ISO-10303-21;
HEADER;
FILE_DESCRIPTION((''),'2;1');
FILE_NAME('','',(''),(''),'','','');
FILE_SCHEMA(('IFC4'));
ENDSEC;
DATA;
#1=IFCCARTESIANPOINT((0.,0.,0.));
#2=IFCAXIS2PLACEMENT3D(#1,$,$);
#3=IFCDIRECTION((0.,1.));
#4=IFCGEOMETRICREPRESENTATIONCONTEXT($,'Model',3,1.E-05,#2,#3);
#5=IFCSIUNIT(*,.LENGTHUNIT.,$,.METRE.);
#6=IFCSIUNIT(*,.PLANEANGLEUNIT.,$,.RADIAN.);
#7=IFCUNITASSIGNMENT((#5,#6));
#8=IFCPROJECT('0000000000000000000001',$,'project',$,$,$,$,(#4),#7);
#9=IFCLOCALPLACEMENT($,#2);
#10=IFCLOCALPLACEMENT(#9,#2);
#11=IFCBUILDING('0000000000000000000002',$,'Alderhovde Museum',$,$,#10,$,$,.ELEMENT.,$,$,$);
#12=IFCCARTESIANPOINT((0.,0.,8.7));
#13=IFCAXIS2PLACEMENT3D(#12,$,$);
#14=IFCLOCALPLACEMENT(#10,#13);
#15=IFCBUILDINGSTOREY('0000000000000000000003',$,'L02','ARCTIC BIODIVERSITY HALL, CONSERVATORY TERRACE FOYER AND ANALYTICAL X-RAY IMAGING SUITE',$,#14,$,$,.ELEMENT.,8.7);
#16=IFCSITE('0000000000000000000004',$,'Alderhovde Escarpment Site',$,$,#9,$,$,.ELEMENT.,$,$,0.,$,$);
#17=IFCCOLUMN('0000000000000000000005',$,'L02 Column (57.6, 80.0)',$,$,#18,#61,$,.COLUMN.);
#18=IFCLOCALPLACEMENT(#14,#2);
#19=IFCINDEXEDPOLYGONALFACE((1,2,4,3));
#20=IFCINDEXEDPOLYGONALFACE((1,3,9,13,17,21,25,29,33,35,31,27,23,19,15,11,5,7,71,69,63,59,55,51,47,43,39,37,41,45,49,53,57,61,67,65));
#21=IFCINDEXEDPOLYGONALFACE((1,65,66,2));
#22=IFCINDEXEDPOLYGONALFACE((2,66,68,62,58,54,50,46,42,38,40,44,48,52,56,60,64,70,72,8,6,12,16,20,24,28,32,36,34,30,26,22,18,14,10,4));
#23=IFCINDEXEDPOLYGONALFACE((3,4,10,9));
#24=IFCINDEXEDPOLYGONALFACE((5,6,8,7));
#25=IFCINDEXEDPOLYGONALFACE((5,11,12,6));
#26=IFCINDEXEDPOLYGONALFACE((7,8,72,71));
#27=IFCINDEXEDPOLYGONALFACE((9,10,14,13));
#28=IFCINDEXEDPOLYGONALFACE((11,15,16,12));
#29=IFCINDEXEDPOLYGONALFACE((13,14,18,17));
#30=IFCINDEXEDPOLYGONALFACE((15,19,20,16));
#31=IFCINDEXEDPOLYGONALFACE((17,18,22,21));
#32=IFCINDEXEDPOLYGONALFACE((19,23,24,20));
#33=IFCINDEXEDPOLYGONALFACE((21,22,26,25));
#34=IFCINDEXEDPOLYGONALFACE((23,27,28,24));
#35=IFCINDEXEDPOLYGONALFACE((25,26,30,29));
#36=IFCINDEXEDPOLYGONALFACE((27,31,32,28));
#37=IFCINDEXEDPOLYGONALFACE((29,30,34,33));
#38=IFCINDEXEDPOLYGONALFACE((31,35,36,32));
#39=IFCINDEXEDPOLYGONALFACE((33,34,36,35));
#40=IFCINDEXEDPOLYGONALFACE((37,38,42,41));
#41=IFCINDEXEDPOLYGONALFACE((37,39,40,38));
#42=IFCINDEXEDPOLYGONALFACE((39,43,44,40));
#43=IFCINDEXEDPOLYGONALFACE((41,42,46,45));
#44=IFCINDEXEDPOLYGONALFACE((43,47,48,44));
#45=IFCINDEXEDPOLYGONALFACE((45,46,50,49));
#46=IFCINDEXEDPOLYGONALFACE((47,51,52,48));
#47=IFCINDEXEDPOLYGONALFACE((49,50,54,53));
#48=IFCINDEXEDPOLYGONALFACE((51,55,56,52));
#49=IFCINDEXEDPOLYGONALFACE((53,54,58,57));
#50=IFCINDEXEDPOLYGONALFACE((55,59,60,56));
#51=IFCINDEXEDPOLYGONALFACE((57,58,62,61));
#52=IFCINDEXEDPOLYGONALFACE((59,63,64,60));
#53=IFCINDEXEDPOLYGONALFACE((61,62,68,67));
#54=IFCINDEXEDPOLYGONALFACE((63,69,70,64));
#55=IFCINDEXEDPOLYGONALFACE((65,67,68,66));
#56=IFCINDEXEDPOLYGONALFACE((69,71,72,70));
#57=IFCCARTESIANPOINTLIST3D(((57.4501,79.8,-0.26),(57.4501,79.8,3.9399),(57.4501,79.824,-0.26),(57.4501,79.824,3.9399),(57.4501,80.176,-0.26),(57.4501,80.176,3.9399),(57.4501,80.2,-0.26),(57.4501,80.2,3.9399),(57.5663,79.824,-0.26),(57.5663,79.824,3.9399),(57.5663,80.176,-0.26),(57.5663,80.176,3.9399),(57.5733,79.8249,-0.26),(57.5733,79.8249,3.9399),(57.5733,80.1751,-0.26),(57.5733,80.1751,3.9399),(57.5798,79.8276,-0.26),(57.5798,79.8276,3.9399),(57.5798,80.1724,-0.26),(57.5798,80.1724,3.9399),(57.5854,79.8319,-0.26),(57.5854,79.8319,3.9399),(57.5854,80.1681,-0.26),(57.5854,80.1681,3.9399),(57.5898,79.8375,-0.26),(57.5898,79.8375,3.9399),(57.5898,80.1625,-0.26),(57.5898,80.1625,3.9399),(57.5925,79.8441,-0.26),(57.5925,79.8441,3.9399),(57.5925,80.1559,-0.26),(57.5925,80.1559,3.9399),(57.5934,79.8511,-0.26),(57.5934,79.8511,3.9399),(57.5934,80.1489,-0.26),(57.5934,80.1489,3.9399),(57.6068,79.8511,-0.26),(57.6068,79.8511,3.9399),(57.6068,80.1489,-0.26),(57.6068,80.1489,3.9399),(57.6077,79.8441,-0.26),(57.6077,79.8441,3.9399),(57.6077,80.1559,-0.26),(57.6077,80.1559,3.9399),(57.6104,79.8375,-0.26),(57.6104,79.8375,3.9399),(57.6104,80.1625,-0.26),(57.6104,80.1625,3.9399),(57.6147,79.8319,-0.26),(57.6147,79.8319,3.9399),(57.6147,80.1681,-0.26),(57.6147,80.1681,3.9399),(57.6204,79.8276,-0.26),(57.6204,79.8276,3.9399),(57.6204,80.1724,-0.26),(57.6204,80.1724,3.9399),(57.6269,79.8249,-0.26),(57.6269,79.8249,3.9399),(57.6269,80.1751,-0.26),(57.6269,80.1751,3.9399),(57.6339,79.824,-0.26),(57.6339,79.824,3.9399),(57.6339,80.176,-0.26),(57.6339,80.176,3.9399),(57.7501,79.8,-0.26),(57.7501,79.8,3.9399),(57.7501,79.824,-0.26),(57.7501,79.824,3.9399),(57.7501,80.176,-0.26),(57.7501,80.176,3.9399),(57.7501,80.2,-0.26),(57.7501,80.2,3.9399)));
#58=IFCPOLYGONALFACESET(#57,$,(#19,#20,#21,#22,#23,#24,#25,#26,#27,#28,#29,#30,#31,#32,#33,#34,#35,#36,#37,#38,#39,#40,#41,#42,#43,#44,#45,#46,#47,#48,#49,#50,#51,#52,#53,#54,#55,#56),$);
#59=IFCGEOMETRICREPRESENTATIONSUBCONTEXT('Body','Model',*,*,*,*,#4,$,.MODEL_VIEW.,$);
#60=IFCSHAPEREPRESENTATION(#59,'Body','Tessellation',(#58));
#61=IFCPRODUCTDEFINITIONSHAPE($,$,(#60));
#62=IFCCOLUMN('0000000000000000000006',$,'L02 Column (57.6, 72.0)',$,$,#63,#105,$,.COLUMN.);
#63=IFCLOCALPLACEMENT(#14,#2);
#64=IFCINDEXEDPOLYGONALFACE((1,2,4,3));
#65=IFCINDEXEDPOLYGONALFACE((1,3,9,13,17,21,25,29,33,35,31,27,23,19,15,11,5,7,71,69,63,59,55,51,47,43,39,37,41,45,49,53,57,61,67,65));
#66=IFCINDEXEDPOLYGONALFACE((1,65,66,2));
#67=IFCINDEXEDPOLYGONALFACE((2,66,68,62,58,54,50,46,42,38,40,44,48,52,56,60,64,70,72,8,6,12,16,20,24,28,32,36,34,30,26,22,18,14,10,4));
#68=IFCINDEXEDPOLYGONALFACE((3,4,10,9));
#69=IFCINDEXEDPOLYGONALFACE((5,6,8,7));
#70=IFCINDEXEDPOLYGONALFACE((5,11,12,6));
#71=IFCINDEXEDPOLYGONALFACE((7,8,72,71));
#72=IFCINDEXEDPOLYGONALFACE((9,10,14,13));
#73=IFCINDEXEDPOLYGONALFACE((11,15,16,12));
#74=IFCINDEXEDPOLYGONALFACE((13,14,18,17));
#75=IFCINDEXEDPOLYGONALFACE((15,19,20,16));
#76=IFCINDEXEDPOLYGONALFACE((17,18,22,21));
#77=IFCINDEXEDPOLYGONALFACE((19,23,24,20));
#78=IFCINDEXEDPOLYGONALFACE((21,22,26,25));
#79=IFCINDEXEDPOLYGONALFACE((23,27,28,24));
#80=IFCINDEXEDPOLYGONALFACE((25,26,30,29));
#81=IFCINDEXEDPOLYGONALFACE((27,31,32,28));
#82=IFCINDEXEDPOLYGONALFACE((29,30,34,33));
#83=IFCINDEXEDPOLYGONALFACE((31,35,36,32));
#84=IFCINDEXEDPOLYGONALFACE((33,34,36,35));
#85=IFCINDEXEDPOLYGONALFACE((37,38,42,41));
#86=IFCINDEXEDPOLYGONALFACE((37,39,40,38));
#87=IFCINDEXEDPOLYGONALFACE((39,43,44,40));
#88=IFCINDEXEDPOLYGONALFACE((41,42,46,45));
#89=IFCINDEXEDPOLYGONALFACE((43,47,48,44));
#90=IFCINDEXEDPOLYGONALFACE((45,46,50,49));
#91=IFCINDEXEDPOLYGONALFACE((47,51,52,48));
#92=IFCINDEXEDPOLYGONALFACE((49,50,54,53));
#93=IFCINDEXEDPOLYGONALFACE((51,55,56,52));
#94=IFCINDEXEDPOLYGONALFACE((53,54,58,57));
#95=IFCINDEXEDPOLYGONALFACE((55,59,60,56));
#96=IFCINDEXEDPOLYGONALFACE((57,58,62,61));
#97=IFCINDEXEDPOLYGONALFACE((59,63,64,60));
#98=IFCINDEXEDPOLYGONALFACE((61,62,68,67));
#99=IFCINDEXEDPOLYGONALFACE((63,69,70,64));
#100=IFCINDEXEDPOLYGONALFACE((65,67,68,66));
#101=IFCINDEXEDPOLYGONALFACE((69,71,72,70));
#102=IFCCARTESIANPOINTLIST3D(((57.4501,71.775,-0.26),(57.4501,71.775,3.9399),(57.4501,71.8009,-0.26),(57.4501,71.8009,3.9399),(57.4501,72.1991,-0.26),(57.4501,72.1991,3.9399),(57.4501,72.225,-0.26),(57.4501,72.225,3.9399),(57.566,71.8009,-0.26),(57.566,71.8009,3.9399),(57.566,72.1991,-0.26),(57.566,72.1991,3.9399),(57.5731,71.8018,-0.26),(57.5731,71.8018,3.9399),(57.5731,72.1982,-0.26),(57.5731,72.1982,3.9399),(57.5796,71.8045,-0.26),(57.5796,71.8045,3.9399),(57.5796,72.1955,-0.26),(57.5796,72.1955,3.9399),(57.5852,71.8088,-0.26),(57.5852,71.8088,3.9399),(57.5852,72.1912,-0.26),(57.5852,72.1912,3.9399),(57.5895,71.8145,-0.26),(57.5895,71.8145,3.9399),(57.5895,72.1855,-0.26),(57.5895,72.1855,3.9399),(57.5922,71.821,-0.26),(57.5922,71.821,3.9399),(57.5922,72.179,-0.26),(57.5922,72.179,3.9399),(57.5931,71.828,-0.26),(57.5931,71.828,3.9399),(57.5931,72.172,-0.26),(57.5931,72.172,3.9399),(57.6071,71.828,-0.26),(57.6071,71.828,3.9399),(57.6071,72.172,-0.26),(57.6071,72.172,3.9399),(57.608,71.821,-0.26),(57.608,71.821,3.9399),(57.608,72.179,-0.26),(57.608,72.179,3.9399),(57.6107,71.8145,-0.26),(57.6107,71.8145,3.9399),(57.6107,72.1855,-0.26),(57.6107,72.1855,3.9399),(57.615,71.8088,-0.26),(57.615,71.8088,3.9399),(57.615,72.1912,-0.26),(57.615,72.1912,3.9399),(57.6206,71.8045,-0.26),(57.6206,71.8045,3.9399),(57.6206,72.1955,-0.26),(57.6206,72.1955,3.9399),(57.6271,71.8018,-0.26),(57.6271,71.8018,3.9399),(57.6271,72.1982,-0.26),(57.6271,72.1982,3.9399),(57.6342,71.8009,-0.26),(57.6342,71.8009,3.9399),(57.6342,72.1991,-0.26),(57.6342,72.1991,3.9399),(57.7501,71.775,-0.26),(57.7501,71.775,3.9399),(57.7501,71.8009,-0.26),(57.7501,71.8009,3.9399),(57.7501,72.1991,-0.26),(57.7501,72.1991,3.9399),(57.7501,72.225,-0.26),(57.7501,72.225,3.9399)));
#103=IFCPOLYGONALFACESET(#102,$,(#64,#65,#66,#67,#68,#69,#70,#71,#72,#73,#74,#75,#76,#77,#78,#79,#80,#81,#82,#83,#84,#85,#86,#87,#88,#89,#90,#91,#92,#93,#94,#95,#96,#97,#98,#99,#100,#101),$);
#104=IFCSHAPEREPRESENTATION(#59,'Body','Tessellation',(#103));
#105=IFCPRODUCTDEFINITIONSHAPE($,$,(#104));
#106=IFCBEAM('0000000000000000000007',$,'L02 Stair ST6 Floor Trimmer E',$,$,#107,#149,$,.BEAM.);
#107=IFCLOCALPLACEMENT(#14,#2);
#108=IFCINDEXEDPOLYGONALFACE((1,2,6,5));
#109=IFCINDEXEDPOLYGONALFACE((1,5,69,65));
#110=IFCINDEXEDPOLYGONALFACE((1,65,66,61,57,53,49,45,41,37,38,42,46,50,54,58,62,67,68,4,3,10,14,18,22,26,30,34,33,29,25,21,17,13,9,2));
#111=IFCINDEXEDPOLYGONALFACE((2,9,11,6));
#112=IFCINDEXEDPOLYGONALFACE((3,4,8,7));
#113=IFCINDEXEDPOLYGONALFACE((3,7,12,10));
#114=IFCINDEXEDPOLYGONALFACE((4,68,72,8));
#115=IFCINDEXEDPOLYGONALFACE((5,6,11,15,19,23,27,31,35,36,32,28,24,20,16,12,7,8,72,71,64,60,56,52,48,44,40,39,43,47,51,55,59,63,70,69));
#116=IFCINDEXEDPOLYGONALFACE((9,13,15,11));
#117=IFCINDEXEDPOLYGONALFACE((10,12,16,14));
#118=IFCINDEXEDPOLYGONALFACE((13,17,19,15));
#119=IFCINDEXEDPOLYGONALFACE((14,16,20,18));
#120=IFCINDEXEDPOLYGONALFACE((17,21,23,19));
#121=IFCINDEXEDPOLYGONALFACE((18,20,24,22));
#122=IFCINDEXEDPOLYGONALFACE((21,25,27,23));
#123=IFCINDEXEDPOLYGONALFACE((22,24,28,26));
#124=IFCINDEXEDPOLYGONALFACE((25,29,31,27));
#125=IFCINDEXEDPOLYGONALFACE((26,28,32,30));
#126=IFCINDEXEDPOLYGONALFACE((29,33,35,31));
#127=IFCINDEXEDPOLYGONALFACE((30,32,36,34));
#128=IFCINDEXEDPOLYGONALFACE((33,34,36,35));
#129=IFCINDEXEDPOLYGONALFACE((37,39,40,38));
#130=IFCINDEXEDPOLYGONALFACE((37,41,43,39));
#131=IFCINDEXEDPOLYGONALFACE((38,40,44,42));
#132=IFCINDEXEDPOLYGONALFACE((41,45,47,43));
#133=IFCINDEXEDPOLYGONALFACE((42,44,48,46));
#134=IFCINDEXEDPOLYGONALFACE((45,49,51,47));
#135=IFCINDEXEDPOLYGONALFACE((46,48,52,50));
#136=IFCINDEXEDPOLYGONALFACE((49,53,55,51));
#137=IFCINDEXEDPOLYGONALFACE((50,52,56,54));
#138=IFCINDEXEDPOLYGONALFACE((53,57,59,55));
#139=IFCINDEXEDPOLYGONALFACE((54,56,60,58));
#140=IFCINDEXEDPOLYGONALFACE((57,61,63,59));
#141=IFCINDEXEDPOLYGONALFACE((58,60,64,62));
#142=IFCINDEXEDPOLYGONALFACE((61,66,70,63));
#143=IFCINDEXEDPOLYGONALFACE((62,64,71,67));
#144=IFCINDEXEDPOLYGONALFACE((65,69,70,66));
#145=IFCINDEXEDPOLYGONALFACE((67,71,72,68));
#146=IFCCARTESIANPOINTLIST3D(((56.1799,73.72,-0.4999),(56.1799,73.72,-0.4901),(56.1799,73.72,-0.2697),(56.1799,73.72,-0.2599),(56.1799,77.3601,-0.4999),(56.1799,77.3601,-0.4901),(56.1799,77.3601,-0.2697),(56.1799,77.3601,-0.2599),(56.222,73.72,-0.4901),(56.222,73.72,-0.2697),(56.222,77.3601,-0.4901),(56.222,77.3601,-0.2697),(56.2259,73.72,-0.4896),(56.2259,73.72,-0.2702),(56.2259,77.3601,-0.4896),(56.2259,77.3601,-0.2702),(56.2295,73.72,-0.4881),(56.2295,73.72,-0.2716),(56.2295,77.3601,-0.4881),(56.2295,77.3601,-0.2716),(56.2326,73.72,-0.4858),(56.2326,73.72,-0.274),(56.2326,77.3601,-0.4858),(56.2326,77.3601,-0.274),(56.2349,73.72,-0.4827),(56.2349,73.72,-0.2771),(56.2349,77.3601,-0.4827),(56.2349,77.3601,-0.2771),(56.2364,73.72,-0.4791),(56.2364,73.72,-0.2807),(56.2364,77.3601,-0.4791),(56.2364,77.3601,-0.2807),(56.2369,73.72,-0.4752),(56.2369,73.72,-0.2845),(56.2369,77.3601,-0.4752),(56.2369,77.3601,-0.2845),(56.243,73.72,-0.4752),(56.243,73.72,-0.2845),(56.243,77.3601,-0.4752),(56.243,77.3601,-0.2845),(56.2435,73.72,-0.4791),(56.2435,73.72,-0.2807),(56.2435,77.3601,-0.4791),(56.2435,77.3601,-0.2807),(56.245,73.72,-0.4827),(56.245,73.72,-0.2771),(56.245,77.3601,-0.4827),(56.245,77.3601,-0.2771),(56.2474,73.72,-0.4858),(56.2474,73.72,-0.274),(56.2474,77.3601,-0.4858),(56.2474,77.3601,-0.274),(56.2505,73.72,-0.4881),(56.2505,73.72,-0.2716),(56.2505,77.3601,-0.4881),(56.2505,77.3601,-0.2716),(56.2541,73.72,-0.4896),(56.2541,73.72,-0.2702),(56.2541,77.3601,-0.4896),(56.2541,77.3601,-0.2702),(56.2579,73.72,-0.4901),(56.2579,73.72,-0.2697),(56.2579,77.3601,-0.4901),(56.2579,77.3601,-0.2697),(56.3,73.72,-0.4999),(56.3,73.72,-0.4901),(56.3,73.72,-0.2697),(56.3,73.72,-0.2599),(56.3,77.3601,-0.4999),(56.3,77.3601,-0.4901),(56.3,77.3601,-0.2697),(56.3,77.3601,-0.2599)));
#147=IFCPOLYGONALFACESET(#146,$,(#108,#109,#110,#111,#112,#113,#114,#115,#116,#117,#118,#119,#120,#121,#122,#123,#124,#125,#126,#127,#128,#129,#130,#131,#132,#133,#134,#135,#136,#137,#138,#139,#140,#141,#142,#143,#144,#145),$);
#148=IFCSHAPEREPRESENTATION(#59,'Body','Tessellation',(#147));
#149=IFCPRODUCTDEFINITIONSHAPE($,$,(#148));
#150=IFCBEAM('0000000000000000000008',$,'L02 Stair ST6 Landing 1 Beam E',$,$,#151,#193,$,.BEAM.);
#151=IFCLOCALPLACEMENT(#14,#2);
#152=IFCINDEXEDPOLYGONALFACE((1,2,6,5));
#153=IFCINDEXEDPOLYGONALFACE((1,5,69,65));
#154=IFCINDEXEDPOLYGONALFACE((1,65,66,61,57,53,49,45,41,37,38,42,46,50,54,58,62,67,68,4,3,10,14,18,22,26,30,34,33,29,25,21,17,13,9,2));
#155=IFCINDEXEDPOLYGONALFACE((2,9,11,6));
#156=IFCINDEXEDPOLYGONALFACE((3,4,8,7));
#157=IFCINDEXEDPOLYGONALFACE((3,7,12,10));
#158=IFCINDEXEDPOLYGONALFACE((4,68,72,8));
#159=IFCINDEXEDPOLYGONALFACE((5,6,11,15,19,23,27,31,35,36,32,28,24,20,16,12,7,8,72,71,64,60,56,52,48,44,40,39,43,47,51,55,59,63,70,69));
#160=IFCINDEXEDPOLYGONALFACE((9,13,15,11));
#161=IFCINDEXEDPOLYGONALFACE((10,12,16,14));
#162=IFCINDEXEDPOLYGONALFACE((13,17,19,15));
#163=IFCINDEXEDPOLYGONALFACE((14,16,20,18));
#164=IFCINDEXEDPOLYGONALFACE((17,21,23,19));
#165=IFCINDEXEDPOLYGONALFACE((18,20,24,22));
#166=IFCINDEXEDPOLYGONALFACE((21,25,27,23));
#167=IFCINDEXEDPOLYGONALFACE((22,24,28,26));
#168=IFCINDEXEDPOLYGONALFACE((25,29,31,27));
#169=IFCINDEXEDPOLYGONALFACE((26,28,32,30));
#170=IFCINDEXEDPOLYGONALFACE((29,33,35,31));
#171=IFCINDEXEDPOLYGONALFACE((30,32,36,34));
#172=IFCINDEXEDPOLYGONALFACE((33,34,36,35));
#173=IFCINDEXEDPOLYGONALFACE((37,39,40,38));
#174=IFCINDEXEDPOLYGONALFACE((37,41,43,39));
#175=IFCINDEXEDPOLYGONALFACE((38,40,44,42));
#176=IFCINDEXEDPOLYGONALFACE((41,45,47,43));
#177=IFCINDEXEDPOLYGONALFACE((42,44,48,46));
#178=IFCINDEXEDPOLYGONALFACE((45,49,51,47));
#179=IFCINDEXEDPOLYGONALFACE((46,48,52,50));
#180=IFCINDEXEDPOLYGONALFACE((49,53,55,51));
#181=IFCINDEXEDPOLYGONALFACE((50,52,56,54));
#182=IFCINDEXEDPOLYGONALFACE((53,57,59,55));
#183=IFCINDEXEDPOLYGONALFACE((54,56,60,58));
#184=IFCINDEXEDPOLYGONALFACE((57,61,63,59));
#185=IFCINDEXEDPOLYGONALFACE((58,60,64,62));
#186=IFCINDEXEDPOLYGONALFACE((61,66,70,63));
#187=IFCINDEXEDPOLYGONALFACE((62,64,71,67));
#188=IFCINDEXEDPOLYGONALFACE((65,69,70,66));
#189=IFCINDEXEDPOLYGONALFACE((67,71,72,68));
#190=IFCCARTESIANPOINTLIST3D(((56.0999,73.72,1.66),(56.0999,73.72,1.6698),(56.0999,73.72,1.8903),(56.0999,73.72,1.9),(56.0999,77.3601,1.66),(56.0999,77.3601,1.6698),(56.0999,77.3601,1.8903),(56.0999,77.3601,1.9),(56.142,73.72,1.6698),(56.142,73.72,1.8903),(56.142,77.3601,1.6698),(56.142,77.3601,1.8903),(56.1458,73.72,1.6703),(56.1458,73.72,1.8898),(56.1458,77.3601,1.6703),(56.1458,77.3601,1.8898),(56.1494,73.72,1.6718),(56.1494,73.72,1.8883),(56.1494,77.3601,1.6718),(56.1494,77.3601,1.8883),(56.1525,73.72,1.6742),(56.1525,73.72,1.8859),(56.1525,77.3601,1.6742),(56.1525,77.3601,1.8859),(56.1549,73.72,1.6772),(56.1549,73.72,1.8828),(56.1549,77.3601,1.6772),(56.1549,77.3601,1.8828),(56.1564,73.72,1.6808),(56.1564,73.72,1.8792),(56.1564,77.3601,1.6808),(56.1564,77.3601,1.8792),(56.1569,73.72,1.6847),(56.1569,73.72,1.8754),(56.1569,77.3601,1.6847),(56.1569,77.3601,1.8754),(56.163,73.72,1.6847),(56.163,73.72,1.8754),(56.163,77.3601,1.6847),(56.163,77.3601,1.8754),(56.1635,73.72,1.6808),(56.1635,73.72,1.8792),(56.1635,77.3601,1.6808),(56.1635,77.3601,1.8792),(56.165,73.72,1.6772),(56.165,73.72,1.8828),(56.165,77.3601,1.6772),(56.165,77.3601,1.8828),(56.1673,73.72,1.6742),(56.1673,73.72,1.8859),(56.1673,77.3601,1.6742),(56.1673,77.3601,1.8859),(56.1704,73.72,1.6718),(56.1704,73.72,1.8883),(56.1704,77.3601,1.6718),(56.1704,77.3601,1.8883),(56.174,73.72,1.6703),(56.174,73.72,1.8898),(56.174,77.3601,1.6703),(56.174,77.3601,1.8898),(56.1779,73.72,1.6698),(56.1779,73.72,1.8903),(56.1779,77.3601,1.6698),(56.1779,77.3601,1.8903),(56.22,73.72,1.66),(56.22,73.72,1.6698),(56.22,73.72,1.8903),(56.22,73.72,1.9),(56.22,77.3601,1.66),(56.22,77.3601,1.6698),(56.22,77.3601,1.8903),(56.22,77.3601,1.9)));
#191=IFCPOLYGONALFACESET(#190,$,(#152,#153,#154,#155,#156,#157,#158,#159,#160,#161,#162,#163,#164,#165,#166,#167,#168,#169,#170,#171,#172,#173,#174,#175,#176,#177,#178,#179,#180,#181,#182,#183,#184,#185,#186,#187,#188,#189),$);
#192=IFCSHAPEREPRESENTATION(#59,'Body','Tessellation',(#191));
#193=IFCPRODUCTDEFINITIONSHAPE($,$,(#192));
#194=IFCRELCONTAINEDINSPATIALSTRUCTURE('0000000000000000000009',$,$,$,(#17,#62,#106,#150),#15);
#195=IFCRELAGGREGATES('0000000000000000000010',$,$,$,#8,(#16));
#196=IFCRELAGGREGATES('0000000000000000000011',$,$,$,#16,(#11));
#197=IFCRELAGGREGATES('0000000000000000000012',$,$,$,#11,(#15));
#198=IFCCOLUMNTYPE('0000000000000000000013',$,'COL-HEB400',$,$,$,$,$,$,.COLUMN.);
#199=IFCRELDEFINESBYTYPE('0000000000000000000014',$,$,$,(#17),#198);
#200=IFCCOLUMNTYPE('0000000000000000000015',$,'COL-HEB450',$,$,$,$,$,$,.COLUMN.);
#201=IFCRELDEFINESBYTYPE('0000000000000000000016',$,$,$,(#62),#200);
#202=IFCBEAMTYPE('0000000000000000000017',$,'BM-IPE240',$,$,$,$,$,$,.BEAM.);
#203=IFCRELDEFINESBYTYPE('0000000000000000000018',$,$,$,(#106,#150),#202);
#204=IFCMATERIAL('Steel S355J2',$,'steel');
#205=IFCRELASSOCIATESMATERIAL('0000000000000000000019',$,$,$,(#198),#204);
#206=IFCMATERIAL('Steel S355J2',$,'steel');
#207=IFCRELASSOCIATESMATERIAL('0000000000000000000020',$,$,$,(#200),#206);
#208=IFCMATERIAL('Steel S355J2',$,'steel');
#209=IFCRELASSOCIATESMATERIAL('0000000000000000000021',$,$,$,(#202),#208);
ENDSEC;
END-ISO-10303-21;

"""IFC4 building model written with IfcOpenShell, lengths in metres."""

from ifc_helpers import new_model, si_unit, direction, frame, origin, origin_2d, place, context, subcontext, project, spatial, i_section, extrude, material, material_profile, profile_set, type_object, element, save


model = new_model("IFC4")

# Units and contexts
model_context = context("Model", 3, precision=1e-05, world=origin(), true_north=direction((0.0, 1.0)))
body_context = subcontext(model_context, "Body", "Model", "MODEL_VIEW")
ifc_project = project(units=[si_unit("LENGTHUNIT", "METRE"), si_unit("PLANEANGLEUNIT", "RADIAN")], contexts=[model_context])

# Site, building, storey
site_placement = place(None, origin())
site = spatial("IfcSite", under=ifc_project, at=site_placement, Name="Alderhovde Escarpment Site", CompositionType="ELEMENT", RefElevation=0.0)
building_placement = place(site_placement, origin())
building = spatial("IfcBuilding", under=site, at=building_placement, Name="Alderhovde Museum", CompositionType="ELEMENT")
storey_placement = place(building_placement, frame((0.0, 0.0, 8.7)))
storey = spatial("IfcBuildingStorey", under=building, at=storey_placement, Name="L02", Description="ARCTIC BIODIVERSITY HALL, CONSERVATORY TERRACE FOYER AND ANALYTICAL X-RAY IMAGING SUITE", CompositionType="ELEMENT", Elevation=8.7)

# Columns
ifc_material_1 = material(Name="Steel S355J2", Category="steel")
ifc_material_profile_1 = material_profile(ifc_material_1, i_section(OverallWidth=0.3, OverallDepth=0.3999, WebThickness=0.0134, FlangeThickness=0.0239, FilletRadius=0.0271, at=origin_2d()), Name="HEB 400")
ifc_profile_set_1 = profile_set([ifc_material_profile_1], Name="Steel S355J2")
column_type_1 = type_object("IfcColumnType", Name="COL-HEB400", PredefinedType="COLUMN", material=ifc_profile_set_1)
for number, where, z_axis, x_axis, name in (
    (1, (57.6001, 80.0, -0.26), (0.0, 0.0, 1.0), (1.0, 0.0, 0.0), "L02 Column (57.6, 80.0)"),
):
    element("IfcColumn", number, at=place(storey_placement, frame(where, z_axis=z_axis, x_axis=x_axis)), inside=storey, type_object=column_type_1, Name=name, PredefinedType="COLUMN", context=body_context, shape_type="SweptSolid", body=[
        extrude(i_section(OverallWidth=0.3, OverallDepth=0.3999, WebThickness=0.0134, FlangeThickness=0.0239, FilletRadius=0.0271, at=origin_2d()), origin(), (0.0, 0.0, 1.0), 4.2),
    ])
ifc_material_2 = material(Name="Steel S355J2", Category="steel")
ifc_material_profile_2 = material_profile(ifc_material_2, i_section(OverallWidth=0.3, OverallDepth=0.45, WebThickness=0.0139, FlangeThickness=0.0259, FilletRadius=0.0271, at=origin_2d()), Name="HEB 450")
ifc_profile_set_2 = profile_set([ifc_material_profile_2], Name="Steel S355J2")
column_type_2 = type_object("IfcColumnType", Name="COL-HEB450", PredefinedType="COLUMN", material=ifc_profile_set_2)
column_placement = place(storey_placement, frame((57.6001, 72.0, -0.26), z_axis=(0.0, 0.0, 1.0), x_axis=(1.0, 0.0, 0.0)))
element("IfcColumn", 2, at=column_placement, inside=storey, type_object=column_type_2, Name="L02 Column (57.6, 72.0)", PredefinedType="COLUMN", context=body_context, shape_type="SweptSolid", body=[
    extrude(i_section(OverallWidth=0.3, OverallDepth=0.45, WebThickness=0.0139, FlangeThickness=0.0259, FilletRadius=0.0271, at=origin_2d()), origin(), (0.0, 0.0, 1.0), 4.2),
])

# Beams
ifc_material_3 = material(Name="Steel S355J2", Category="steel")
ifc_material_profile_3 = material_profile(ifc_material_3, i_section(OverallWidth=0.1201, OverallDepth=0.24, WebThickness=0.0061, FlangeThickness=0.0098, FilletRadius=0.0149, at=origin_2d()), Name="IPE 240")
ifc_profile_set_3 = profile_set([ifc_material_profile_3], Name="Steel S355J2")
beam_type_1 = type_object("IfcBeamType", Name="BM-IPE240", PredefinedType="BEAM", material=ifc_profile_set_3)
for number, where, z_axis, x_axis, name in (
    (3, (56.24, 73.72, -0.3799), (0.0, 1.0, 0.0), (-1.0, 0.0, 0.0), "L02 Stair ST6 Floor Trimmer E"),
    (4, (56.1599, 73.72, 1.78), (0.0, 1.0, 0.0), (-1.0, 0.0, 0.0), "L02 Stair ST6 Landing 1 Beam E"),
):
    element("IfcBeam", number, at=place(storey_placement, frame(where, z_axis=z_axis, x_axis=x_axis)), inside=storey, type_object=beam_type_1, Name=name, PredefinedType="BEAM", context=body_context, shape_type="SweptSolid", body=[
        extrude(i_section(OverallWidth=0.1201, OverallDepth=0.24, WebThickness=0.0061, FlangeThickness=0.0098, FilletRadius=0.0149, at=origin_2d()), origin(), (0.0, 0.0, 1.0), 3.6401),
    ])

save(model, "model.ifc")
